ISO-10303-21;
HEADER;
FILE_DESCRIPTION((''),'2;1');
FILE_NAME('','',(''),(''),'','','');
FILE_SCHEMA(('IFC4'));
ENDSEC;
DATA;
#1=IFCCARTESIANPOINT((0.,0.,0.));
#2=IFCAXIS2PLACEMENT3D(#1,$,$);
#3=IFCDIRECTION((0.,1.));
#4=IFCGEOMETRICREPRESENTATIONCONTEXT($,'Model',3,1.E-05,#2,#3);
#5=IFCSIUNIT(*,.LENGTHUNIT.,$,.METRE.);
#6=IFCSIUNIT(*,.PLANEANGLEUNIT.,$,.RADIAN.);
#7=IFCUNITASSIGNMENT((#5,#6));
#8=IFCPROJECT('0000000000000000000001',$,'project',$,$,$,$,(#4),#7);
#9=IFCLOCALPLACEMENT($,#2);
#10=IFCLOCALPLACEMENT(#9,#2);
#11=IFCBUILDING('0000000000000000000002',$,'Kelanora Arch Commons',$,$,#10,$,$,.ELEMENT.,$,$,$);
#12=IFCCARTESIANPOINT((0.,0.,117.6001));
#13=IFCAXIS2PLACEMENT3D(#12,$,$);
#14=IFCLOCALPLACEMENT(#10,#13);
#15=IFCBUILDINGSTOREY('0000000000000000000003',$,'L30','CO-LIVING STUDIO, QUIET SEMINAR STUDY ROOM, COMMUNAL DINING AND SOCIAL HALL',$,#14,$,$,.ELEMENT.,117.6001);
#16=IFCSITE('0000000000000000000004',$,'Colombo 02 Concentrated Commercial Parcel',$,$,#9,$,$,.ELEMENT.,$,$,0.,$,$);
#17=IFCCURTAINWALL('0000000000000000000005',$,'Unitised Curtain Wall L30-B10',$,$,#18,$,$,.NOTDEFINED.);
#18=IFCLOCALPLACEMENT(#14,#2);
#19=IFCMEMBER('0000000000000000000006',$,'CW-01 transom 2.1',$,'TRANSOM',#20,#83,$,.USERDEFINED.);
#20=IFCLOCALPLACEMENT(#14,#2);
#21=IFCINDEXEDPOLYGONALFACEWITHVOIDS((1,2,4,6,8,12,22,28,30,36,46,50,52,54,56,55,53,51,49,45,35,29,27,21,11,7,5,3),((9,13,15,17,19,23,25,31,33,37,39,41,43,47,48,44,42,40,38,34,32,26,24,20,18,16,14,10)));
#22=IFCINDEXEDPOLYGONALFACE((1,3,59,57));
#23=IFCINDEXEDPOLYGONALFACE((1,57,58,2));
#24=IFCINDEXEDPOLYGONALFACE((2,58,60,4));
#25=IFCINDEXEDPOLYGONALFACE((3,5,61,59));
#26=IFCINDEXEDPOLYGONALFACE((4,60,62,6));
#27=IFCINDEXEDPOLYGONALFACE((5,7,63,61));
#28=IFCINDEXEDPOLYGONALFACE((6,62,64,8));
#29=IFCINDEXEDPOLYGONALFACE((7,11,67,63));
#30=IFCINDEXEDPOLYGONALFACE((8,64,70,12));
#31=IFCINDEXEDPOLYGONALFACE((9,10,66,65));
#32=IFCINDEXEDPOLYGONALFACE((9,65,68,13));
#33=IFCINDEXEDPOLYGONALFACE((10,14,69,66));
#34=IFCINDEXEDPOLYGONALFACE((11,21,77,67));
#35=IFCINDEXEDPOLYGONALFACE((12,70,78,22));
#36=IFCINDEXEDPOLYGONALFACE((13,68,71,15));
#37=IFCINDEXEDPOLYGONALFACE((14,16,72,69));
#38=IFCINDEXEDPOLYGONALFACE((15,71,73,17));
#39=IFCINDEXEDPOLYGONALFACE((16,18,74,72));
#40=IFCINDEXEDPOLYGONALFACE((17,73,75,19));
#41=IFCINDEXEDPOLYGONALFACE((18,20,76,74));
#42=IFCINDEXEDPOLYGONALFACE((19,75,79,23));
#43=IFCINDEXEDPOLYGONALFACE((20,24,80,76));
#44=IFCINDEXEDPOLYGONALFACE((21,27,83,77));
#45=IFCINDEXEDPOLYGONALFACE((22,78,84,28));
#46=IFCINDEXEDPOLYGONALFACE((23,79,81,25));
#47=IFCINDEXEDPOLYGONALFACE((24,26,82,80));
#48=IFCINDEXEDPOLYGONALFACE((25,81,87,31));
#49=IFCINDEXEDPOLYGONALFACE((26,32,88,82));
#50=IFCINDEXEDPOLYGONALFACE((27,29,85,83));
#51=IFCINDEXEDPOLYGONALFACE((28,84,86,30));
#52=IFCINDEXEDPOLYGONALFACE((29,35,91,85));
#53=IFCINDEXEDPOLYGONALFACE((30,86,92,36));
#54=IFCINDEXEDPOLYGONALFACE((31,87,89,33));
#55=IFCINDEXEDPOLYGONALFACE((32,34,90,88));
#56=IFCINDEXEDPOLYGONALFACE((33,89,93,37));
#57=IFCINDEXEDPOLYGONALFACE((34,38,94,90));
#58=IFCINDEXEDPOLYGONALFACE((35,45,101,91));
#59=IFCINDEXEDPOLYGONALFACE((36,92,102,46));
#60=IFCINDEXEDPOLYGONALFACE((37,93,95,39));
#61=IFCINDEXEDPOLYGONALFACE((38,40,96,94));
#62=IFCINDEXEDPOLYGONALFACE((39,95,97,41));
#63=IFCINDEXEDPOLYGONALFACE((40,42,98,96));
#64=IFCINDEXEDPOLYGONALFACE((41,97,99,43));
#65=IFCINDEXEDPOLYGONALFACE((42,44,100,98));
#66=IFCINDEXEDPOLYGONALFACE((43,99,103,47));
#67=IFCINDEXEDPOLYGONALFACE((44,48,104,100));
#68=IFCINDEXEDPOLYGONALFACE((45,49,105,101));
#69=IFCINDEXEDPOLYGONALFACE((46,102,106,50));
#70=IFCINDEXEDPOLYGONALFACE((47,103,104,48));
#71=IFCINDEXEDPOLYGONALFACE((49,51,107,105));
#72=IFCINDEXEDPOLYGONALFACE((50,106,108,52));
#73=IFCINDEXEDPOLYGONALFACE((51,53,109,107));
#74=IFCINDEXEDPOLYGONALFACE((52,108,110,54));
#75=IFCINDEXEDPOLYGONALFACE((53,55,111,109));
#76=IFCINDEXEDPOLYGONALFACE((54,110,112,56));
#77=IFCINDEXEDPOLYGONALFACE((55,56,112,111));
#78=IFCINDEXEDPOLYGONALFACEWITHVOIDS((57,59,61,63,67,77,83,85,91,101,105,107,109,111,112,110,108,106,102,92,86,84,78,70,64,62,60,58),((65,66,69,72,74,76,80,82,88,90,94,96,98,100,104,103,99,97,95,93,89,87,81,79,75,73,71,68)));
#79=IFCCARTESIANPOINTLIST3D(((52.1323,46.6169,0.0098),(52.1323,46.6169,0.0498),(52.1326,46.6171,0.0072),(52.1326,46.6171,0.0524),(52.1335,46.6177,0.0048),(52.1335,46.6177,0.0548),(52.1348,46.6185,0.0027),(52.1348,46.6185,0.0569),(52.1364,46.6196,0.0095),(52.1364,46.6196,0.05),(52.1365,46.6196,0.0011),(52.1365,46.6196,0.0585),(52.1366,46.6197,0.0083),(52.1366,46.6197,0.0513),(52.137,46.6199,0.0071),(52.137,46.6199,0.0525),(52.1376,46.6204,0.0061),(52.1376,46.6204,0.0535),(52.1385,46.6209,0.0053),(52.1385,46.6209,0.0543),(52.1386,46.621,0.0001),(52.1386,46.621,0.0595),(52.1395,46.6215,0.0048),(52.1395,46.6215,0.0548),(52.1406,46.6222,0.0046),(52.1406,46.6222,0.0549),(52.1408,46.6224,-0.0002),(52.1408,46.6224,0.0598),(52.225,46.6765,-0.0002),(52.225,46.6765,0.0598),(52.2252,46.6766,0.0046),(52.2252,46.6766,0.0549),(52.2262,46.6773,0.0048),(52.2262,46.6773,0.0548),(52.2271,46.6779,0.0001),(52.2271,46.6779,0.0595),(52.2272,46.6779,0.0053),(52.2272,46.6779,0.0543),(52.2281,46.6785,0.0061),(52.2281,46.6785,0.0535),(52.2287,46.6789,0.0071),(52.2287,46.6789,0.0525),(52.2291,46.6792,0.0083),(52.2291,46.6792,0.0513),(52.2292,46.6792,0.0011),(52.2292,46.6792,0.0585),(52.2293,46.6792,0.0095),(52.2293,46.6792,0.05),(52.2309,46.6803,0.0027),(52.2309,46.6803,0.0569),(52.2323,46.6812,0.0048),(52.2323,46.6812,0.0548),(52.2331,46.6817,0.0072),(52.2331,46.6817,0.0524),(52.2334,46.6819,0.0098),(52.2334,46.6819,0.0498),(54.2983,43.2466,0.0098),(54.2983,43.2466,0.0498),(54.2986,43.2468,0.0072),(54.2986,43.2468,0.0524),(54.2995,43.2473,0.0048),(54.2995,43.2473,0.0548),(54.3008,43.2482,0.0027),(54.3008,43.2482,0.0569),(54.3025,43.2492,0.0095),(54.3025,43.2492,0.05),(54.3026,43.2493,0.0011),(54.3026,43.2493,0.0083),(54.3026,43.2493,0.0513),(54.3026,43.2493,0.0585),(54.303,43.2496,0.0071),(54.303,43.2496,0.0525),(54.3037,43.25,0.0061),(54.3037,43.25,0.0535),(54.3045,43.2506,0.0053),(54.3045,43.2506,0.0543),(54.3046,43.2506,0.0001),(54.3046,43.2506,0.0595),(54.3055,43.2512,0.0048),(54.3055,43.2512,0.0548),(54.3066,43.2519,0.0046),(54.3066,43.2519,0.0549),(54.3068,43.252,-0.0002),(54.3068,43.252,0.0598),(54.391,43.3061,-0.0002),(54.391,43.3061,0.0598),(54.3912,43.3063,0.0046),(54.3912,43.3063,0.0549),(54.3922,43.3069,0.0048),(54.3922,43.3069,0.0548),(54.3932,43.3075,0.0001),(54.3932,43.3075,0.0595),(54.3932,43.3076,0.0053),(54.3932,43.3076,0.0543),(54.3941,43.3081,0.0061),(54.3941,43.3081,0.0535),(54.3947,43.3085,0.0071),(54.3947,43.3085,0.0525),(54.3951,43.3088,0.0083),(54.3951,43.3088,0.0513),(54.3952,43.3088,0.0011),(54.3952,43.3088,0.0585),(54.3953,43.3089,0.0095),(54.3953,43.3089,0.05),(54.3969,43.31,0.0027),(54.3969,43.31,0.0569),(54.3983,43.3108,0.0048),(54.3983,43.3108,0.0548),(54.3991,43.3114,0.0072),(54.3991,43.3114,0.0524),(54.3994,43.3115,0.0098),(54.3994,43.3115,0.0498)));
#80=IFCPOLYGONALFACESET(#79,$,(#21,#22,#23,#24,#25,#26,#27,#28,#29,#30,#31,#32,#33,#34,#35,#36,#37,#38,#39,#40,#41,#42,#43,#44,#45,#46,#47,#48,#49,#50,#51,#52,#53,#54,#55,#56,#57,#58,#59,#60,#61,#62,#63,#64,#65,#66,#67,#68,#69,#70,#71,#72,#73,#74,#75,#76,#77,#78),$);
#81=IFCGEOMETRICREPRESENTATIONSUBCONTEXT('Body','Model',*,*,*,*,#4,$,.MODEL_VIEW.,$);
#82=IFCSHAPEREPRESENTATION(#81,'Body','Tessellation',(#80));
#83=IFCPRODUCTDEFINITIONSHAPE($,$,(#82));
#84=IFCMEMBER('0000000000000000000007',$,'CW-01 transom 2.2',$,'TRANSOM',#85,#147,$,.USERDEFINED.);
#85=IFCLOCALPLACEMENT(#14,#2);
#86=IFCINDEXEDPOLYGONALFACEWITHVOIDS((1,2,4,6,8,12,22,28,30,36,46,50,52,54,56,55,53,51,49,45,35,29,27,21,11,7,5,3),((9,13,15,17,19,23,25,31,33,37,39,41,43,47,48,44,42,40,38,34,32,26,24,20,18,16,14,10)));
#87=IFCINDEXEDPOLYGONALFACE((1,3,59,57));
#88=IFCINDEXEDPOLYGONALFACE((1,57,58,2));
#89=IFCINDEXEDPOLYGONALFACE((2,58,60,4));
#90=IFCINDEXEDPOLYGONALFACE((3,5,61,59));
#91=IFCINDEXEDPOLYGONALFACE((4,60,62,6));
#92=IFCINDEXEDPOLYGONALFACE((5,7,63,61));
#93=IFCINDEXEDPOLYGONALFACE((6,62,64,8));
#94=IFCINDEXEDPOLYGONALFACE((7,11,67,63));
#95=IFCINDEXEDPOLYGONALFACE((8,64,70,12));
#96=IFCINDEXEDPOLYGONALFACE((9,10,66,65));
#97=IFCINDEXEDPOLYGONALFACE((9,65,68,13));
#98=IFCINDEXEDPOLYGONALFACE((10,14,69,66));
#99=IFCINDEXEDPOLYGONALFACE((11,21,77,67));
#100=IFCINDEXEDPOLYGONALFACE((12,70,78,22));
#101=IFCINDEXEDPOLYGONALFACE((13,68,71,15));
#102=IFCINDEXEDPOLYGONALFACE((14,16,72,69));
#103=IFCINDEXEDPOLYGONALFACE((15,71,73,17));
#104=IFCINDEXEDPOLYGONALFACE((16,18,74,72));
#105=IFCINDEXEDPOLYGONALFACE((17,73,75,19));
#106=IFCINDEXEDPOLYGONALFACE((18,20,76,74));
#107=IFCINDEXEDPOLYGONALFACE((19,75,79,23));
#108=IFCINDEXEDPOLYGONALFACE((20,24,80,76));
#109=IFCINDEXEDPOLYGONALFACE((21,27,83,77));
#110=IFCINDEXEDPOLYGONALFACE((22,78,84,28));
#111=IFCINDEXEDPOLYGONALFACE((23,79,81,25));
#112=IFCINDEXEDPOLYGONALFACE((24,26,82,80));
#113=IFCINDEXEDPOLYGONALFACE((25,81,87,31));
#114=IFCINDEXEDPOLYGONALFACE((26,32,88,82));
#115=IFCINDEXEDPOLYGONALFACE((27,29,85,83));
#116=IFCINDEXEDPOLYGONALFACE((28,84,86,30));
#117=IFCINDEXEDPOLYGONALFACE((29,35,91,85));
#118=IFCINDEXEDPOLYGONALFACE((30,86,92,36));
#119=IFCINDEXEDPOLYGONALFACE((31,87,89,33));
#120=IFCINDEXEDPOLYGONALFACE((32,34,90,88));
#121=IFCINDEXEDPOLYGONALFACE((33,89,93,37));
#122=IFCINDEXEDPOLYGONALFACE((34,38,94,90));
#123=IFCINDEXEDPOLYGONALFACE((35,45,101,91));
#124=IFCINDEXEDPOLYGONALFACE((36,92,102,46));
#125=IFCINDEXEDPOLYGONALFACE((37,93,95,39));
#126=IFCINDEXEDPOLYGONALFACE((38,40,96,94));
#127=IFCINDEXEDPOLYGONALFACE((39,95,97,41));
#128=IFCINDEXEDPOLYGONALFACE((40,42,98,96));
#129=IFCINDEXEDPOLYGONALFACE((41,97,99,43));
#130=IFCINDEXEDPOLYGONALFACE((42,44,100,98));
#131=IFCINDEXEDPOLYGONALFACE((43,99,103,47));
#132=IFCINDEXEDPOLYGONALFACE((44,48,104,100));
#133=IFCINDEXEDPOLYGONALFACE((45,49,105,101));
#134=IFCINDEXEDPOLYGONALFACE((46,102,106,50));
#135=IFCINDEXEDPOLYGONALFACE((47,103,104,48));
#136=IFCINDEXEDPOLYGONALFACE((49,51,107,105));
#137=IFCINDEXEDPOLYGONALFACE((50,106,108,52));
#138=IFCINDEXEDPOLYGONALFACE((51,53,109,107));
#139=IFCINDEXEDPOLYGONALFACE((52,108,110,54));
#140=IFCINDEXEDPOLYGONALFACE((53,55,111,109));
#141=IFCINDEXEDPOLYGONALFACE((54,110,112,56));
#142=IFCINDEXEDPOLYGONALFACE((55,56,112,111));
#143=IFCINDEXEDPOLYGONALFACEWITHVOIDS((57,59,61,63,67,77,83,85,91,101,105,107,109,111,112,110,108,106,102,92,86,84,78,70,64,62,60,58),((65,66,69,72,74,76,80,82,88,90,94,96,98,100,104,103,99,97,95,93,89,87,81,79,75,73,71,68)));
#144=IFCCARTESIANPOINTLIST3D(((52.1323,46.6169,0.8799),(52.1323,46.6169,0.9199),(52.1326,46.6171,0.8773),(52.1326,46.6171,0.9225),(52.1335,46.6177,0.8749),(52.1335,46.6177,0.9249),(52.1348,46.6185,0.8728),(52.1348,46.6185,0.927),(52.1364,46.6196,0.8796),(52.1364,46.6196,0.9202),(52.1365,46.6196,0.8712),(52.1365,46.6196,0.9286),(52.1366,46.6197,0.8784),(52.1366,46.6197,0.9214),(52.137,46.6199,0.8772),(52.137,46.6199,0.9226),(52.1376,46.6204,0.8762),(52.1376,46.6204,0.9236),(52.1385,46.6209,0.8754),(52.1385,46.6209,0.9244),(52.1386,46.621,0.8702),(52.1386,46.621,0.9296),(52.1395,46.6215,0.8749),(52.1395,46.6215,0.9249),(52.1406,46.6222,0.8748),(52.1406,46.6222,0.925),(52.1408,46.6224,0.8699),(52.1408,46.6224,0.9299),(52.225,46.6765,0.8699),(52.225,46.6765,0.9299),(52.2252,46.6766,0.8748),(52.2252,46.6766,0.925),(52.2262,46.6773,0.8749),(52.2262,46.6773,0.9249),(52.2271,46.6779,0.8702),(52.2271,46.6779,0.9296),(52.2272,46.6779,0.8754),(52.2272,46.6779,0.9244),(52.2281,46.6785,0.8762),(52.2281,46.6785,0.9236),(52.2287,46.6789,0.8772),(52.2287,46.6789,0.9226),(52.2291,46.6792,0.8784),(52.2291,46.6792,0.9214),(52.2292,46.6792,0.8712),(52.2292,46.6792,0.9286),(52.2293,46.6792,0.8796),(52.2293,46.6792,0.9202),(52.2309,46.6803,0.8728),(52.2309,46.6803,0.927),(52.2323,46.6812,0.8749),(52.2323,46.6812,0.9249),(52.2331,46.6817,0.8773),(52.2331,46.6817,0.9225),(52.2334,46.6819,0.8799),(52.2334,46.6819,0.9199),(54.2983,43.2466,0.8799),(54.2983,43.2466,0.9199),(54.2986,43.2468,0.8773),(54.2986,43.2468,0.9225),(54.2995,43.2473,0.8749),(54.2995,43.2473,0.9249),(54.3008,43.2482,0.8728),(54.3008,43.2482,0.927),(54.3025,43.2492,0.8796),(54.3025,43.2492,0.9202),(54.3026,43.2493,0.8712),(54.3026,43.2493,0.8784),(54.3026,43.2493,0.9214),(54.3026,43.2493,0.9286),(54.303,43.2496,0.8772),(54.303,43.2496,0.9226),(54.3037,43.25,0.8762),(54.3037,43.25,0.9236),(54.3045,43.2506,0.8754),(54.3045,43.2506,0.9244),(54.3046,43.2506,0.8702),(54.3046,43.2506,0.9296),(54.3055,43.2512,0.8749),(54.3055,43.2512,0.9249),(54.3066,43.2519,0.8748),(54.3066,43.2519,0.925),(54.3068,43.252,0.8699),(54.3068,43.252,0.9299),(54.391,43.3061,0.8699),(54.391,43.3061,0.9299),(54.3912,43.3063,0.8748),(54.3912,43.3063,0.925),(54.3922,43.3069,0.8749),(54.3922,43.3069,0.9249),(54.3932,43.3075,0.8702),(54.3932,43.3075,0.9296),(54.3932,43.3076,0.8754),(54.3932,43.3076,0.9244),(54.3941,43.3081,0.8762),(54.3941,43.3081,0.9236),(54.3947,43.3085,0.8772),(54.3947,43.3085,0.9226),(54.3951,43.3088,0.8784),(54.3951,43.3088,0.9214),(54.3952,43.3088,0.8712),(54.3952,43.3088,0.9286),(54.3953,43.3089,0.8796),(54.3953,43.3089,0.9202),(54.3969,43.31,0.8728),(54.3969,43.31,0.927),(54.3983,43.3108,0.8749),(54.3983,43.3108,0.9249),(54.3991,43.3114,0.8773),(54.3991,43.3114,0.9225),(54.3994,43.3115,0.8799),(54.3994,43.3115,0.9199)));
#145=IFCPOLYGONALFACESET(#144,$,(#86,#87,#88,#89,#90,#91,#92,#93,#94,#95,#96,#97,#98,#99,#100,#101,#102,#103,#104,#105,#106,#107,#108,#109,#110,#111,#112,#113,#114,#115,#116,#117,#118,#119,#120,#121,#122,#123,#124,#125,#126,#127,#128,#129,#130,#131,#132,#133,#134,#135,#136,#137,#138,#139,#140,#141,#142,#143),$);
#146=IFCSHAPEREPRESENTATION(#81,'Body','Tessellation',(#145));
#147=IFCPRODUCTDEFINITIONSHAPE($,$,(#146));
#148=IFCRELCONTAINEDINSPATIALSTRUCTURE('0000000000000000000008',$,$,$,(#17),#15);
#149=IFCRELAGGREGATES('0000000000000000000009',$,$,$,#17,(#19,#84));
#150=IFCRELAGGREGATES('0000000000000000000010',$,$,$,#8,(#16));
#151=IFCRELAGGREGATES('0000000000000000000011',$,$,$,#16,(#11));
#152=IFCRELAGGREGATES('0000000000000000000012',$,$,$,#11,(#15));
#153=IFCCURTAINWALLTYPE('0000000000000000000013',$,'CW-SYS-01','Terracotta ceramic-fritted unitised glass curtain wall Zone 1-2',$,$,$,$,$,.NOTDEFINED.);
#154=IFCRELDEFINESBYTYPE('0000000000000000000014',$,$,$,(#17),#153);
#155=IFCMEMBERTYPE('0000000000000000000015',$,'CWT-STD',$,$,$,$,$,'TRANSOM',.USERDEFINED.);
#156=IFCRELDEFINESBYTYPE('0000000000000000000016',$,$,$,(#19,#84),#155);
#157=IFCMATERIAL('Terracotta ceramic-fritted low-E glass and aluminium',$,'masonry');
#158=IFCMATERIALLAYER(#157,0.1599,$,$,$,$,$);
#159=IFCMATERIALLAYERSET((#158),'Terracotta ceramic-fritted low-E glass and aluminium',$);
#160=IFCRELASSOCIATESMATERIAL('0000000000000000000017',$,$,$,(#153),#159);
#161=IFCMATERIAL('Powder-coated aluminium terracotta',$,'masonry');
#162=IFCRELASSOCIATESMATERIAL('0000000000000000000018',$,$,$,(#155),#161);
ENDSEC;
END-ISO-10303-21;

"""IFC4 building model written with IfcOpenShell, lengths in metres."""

from ifc_helpers import new_model, si_unit, direction, frame, origin, origin_2d, place, context, subcontext, project, spatial, hollow_rectangle, extrude, material, layer, layer_set, material_profile, profile_set, type_object, element, aggregate, save


model = new_model("IFC4")

# Units and contexts
model_context = context("Model", 3, precision=1e-05, world=origin(), true_north=direction((0.0, 1.0)))
body_context = subcontext(model_context, "Body", "Model", "MODEL_VIEW")
ifc_project = project(units=[si_unit("LENGTHUNIT", "METRE"), si_unit("PLANEANGLEUNIT", "RADIAN")], contexts=[model_context])

# Site, building, storey
site_placement = place(None, origin())
site = spatial("IfcSite", under=ifc_project, at=site_placement, Name="Colombo 02 Concentrated Commercial Parcel", CompositionType="ELEMENT", RefElevation=0.0)
building_placement = place(site_placement, origin())
building = spatial("IfcBuilding", under=site, at=building_placement, Name="Kelanora Arch Commons", CompositionType="ELEMENT")
storey_placement = place(building_placement, frame((0.0, 0.0, 117.6001)))
storey = spatial("IfcBuildingStorey", under=building, at=storey_placement, Name="L30", Description="CO-LIVING STUDIO, QUIET SEMINAR STUDY ROOM, COMMUNAL DINING AND SOCIAL HALL", CompositionType="ELEMENT", Elevation=117.6001)

# Curtain wall, members
ifc_material_1 = material(Name="Terracotta ceramic-fritted low-E glass and aluminium", Category="masonry")
ifc_layer_1 = layer(ifc_material_1, 0.1599)
ifc_layer_set_1 = layer_set([ifc_layer_1], Name="Terracotta ceramic-fritted low-E glass and aluminium")
curtain_wall_type = type_object("IfcCurtainWallType", Name="CW-SYS-01", Description="Terracotta ceramic-fritted unitised glass curtain wall Zone 1-2", PredefinedType="NOTDEFINED", material=ifc_layer_set_1)
curtain_wall_placement = place(storey_placement, origin())
curtain_wall = element("IfcCurtainWall", 1, at=curtain_wall_placement, inside=storey, type_object=curtain_wall_type, Name="Unitised Curtain Wall L30-B10", PredefinedType="NOTDEFINED")
ifc_material_2 = material(Name="Powder-coated aluminium terracotta", Category="masonry")
ifc_material_profile_1 = material_profile(ifc_material_2, hollow_rectangle(XDim=0.1201, YDim=0.0601, WallThickness=0.0049, InnerFilletRadius=0.0049, OuterFilletRadius=0.01, at=origin_2d()), Name="CWT120x60")
ifc_profile_set_1 = profile_set([ifc_material_profile_1], Name="Powder-coated aluminium terracotta")
member_type_1 = type_object("IfcMemberType", Name="CWT-STD", ElementType="TRANSOM", PredefinedType="USERDEFINED", material=ifc_profile_set_1)
member_1_placement = place(storey_placement, frame((52.1829, 46.6494, 0.0298), z_axis=(0.540644, -0.841252, 0.0), x_axis=(0.841252, 0.540644, 0.0)))
member_1 = element("IfcMember", 2, at=member_1_placement, type_object=member_type_1, Name="CW-01 transom 2.1", ObjectType="TRANSOM", PredefinedType="USERDEFINED", context=body_context, shape_type="SweptSolid", body=[
    extrude(hollow_rectangle(XDim=0.1201, YDim=0.0601, WallThickness=0.0049, InnerFilletRadius=0.0049, OuterFilletRadius=0.01, at=origin_2d()), origin(), (0.0, 0.0, 1.0), 4.0063),
])
member_2_placement = place(storey_placement, frame((52.1829, 46.6494, 0.8999), z_axis=(0.540644, -0.841252, 0.0), x_axis=(0.841252, 0.540644, 0.0)))
member_2 = element("IfcMember", 3, at=member_2_placement, type_object=member_type_1, Name="CW-01 transom 2.2", ObjectType="TRANSOM", PredefinedType="USERDEFINED", context=body_context, shape_type="SweptSolid", body=[
    extrude(hollow_rectangle(XDim=0.1201, YDim=0.0601, WallThickness=0.0049, InnerFilletRadius=0.0049, OuterFilletRadius=0.01, at=origin_2d()), origin(), (0.0, 0.0, 1.0), 4.0063),
])

aggregate(curtain_wall, [member_1, member_2])

save(model, "model.ifc")
